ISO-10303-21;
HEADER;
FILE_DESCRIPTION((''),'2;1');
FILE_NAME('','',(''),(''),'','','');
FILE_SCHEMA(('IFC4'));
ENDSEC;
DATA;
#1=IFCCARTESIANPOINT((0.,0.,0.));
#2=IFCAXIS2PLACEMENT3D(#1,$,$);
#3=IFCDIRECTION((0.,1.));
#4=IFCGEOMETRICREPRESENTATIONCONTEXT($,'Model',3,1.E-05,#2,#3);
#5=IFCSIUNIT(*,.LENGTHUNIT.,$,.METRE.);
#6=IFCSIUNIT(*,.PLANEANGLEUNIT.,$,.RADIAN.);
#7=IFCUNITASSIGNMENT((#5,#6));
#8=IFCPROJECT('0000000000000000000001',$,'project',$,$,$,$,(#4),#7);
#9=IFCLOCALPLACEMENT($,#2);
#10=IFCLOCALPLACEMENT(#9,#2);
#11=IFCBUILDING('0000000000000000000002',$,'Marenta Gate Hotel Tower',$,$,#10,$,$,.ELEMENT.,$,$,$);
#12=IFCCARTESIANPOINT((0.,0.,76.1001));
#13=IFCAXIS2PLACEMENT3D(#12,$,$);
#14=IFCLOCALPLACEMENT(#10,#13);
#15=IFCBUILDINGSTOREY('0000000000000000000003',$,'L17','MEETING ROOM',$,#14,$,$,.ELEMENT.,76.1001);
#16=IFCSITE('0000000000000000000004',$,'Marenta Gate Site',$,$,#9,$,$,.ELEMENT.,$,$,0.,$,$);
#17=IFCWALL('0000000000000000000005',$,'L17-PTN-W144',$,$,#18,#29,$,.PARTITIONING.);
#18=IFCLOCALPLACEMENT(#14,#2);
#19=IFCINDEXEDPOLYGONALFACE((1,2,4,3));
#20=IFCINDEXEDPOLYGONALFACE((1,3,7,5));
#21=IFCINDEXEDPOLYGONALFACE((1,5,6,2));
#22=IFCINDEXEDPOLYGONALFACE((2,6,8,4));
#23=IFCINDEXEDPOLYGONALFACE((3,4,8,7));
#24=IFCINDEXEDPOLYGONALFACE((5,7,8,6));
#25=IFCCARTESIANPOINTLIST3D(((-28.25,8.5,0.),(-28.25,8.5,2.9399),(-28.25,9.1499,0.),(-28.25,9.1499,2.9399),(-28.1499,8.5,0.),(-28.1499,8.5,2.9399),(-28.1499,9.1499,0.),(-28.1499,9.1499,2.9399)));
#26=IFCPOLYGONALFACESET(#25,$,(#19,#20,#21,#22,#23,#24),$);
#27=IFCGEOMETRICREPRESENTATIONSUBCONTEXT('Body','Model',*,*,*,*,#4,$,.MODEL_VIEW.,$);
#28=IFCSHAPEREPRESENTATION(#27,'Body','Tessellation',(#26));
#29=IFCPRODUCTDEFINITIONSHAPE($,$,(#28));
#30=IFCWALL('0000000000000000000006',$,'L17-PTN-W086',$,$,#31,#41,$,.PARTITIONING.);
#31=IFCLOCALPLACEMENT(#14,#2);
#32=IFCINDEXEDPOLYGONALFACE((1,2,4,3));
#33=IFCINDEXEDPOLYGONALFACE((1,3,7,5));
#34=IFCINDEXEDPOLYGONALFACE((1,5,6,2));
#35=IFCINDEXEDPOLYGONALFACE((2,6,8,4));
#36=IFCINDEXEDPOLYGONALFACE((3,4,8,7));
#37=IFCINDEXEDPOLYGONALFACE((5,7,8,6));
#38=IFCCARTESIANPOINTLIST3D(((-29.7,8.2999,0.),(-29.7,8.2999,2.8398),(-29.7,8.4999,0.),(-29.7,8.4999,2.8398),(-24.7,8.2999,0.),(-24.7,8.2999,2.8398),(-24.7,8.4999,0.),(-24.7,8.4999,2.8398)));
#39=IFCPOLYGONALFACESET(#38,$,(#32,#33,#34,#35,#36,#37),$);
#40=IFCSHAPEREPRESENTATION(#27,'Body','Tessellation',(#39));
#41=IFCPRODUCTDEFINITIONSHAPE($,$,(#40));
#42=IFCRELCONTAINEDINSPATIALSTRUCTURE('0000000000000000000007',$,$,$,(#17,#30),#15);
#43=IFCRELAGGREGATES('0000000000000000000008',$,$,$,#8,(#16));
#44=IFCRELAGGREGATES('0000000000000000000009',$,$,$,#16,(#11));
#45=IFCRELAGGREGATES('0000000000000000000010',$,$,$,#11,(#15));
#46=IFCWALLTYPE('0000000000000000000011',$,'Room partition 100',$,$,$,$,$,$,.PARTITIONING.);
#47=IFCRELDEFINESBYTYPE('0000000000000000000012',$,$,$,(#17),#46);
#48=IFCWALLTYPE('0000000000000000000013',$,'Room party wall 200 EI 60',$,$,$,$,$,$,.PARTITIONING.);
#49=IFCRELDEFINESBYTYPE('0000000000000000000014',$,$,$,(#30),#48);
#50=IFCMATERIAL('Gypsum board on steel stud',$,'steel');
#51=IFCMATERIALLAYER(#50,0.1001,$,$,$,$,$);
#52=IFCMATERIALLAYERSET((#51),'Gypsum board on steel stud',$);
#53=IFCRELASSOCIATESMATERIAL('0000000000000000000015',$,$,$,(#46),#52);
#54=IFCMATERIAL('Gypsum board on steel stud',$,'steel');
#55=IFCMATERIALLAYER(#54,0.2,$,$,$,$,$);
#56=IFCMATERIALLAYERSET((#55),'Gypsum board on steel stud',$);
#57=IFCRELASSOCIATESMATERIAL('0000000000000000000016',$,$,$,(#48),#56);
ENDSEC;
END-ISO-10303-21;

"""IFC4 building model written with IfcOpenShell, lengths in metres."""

from ifc_helpers import new_model, si_unit, direction, frame, frame_2d, origin, place, context, subcontext, project, spatial, rectangle, extrude, material, layer, layer_set, type_object, element, save


model = new_model("IFC4")

# Units and contexts
model_context = context("Model", 3, precision=1e-05, world=origin(), true_north=direction((0.0, 1.0)))
body_context = subcontext(model_context, "Body", "Model", "MODEL_VIEW")
ifc_project = project(units=[si_unit("LENGTHUNIT", "METRE"), si_unit("PLANEANGLEUNIT", "RADIAN")], contexts=[model_context])

# Site, building, storey
site_placement = place(None, origin())
site = spatial("IfcSite", under=ifc_project, at=site_placement, Name="Marenta Gate Site", CompositionType="ELEMENT", RefElevation=0.0)
building_placement = place(site_placement, origin())
building = spatial("IfcBuilding", under=site, at=building_placement, Name="Marenta Gate Hotel Tower", CompositionType="ELEMENT")
storey_placement = place(building_placement, frame((0.0, 0.0, 76.1001)))
storey = spatial("IfcBuildingStorey", under=building, at=storey_placement, Name="L17", Description="MEETING ROOM", CompositionType="ELEMENT", Elevation=76.1001)

# Shared definitions
ifc_material_1 = material(Name="Gypsum board on steel stud", Category="steel")
ifc_layer_1 = layer(ifc_material_1, 0.1001)
ifc_layer_set_1 = layer_set([ifc_layer_1], Name="Gypsum board on steel stud")
wall_type_1 = type_object("IfcWallType", Name="Room partition 100", PredefinedType="PARTITIONING", material=ifc_layer_set_1)

# Walls
wall_1_placement = place(storey_placement, frame((-28.2, 8.5, 0.0), z_axis=(0.0, 0.0, 1.0), x_axis=(0.0, 1.0, 0.0)))
element("IfcWall", 1, at=wall_1_placement, inside=storey, type_object=wall_type_1, Name="L17-PTN-W144", PredefinedType="PARTITIONING", context=body_context, shape_type="SweptSolid", body=[
    extrude(rectangle(XDim=0.6499, YDim=0.1001, at=frame_2d((0.325, 0.0))), origin(), (0.0, 0.0, 1.0), 2.9399),
])
ifc_material_2 = material(Name="Gypsum board on steel stud", Category="steel")
ifc_layer_2 = layer(ifc_material_2, 0.2)
ifc_layer_set_2 = layer_set([ifc_layer_2], Name="Gypsum board on steel stud")
wall_type_2 = type_object("IfcWallType", Name="Room party wall 200 EI 60", PredefinedType="PARTITIONING", material=ifc_layer_set_2)
wall_2_placement = place(storey_placement, frame((-29.7, 8.3999, 0.0), z_axis=(0.0, 0.0, 1.0), x_axis=(1.0, 0.0, 0.0)))
element("IfcWall", 2, at=wall_2_placement, inside=storey, type_object=wall_type_2, Name="L17-PTN-W086", PredefinedType="PARTITIONING", context=body_context, shape_type="SweptSolid", body=[
    extrude(rectangle(XDim=5.0, YDim=0.2, at=frame_2d((2.5, 0.0))), origin(), (0.0, 0.0, 1.0), 2.8398),
])

save(model, "model.ifc")
